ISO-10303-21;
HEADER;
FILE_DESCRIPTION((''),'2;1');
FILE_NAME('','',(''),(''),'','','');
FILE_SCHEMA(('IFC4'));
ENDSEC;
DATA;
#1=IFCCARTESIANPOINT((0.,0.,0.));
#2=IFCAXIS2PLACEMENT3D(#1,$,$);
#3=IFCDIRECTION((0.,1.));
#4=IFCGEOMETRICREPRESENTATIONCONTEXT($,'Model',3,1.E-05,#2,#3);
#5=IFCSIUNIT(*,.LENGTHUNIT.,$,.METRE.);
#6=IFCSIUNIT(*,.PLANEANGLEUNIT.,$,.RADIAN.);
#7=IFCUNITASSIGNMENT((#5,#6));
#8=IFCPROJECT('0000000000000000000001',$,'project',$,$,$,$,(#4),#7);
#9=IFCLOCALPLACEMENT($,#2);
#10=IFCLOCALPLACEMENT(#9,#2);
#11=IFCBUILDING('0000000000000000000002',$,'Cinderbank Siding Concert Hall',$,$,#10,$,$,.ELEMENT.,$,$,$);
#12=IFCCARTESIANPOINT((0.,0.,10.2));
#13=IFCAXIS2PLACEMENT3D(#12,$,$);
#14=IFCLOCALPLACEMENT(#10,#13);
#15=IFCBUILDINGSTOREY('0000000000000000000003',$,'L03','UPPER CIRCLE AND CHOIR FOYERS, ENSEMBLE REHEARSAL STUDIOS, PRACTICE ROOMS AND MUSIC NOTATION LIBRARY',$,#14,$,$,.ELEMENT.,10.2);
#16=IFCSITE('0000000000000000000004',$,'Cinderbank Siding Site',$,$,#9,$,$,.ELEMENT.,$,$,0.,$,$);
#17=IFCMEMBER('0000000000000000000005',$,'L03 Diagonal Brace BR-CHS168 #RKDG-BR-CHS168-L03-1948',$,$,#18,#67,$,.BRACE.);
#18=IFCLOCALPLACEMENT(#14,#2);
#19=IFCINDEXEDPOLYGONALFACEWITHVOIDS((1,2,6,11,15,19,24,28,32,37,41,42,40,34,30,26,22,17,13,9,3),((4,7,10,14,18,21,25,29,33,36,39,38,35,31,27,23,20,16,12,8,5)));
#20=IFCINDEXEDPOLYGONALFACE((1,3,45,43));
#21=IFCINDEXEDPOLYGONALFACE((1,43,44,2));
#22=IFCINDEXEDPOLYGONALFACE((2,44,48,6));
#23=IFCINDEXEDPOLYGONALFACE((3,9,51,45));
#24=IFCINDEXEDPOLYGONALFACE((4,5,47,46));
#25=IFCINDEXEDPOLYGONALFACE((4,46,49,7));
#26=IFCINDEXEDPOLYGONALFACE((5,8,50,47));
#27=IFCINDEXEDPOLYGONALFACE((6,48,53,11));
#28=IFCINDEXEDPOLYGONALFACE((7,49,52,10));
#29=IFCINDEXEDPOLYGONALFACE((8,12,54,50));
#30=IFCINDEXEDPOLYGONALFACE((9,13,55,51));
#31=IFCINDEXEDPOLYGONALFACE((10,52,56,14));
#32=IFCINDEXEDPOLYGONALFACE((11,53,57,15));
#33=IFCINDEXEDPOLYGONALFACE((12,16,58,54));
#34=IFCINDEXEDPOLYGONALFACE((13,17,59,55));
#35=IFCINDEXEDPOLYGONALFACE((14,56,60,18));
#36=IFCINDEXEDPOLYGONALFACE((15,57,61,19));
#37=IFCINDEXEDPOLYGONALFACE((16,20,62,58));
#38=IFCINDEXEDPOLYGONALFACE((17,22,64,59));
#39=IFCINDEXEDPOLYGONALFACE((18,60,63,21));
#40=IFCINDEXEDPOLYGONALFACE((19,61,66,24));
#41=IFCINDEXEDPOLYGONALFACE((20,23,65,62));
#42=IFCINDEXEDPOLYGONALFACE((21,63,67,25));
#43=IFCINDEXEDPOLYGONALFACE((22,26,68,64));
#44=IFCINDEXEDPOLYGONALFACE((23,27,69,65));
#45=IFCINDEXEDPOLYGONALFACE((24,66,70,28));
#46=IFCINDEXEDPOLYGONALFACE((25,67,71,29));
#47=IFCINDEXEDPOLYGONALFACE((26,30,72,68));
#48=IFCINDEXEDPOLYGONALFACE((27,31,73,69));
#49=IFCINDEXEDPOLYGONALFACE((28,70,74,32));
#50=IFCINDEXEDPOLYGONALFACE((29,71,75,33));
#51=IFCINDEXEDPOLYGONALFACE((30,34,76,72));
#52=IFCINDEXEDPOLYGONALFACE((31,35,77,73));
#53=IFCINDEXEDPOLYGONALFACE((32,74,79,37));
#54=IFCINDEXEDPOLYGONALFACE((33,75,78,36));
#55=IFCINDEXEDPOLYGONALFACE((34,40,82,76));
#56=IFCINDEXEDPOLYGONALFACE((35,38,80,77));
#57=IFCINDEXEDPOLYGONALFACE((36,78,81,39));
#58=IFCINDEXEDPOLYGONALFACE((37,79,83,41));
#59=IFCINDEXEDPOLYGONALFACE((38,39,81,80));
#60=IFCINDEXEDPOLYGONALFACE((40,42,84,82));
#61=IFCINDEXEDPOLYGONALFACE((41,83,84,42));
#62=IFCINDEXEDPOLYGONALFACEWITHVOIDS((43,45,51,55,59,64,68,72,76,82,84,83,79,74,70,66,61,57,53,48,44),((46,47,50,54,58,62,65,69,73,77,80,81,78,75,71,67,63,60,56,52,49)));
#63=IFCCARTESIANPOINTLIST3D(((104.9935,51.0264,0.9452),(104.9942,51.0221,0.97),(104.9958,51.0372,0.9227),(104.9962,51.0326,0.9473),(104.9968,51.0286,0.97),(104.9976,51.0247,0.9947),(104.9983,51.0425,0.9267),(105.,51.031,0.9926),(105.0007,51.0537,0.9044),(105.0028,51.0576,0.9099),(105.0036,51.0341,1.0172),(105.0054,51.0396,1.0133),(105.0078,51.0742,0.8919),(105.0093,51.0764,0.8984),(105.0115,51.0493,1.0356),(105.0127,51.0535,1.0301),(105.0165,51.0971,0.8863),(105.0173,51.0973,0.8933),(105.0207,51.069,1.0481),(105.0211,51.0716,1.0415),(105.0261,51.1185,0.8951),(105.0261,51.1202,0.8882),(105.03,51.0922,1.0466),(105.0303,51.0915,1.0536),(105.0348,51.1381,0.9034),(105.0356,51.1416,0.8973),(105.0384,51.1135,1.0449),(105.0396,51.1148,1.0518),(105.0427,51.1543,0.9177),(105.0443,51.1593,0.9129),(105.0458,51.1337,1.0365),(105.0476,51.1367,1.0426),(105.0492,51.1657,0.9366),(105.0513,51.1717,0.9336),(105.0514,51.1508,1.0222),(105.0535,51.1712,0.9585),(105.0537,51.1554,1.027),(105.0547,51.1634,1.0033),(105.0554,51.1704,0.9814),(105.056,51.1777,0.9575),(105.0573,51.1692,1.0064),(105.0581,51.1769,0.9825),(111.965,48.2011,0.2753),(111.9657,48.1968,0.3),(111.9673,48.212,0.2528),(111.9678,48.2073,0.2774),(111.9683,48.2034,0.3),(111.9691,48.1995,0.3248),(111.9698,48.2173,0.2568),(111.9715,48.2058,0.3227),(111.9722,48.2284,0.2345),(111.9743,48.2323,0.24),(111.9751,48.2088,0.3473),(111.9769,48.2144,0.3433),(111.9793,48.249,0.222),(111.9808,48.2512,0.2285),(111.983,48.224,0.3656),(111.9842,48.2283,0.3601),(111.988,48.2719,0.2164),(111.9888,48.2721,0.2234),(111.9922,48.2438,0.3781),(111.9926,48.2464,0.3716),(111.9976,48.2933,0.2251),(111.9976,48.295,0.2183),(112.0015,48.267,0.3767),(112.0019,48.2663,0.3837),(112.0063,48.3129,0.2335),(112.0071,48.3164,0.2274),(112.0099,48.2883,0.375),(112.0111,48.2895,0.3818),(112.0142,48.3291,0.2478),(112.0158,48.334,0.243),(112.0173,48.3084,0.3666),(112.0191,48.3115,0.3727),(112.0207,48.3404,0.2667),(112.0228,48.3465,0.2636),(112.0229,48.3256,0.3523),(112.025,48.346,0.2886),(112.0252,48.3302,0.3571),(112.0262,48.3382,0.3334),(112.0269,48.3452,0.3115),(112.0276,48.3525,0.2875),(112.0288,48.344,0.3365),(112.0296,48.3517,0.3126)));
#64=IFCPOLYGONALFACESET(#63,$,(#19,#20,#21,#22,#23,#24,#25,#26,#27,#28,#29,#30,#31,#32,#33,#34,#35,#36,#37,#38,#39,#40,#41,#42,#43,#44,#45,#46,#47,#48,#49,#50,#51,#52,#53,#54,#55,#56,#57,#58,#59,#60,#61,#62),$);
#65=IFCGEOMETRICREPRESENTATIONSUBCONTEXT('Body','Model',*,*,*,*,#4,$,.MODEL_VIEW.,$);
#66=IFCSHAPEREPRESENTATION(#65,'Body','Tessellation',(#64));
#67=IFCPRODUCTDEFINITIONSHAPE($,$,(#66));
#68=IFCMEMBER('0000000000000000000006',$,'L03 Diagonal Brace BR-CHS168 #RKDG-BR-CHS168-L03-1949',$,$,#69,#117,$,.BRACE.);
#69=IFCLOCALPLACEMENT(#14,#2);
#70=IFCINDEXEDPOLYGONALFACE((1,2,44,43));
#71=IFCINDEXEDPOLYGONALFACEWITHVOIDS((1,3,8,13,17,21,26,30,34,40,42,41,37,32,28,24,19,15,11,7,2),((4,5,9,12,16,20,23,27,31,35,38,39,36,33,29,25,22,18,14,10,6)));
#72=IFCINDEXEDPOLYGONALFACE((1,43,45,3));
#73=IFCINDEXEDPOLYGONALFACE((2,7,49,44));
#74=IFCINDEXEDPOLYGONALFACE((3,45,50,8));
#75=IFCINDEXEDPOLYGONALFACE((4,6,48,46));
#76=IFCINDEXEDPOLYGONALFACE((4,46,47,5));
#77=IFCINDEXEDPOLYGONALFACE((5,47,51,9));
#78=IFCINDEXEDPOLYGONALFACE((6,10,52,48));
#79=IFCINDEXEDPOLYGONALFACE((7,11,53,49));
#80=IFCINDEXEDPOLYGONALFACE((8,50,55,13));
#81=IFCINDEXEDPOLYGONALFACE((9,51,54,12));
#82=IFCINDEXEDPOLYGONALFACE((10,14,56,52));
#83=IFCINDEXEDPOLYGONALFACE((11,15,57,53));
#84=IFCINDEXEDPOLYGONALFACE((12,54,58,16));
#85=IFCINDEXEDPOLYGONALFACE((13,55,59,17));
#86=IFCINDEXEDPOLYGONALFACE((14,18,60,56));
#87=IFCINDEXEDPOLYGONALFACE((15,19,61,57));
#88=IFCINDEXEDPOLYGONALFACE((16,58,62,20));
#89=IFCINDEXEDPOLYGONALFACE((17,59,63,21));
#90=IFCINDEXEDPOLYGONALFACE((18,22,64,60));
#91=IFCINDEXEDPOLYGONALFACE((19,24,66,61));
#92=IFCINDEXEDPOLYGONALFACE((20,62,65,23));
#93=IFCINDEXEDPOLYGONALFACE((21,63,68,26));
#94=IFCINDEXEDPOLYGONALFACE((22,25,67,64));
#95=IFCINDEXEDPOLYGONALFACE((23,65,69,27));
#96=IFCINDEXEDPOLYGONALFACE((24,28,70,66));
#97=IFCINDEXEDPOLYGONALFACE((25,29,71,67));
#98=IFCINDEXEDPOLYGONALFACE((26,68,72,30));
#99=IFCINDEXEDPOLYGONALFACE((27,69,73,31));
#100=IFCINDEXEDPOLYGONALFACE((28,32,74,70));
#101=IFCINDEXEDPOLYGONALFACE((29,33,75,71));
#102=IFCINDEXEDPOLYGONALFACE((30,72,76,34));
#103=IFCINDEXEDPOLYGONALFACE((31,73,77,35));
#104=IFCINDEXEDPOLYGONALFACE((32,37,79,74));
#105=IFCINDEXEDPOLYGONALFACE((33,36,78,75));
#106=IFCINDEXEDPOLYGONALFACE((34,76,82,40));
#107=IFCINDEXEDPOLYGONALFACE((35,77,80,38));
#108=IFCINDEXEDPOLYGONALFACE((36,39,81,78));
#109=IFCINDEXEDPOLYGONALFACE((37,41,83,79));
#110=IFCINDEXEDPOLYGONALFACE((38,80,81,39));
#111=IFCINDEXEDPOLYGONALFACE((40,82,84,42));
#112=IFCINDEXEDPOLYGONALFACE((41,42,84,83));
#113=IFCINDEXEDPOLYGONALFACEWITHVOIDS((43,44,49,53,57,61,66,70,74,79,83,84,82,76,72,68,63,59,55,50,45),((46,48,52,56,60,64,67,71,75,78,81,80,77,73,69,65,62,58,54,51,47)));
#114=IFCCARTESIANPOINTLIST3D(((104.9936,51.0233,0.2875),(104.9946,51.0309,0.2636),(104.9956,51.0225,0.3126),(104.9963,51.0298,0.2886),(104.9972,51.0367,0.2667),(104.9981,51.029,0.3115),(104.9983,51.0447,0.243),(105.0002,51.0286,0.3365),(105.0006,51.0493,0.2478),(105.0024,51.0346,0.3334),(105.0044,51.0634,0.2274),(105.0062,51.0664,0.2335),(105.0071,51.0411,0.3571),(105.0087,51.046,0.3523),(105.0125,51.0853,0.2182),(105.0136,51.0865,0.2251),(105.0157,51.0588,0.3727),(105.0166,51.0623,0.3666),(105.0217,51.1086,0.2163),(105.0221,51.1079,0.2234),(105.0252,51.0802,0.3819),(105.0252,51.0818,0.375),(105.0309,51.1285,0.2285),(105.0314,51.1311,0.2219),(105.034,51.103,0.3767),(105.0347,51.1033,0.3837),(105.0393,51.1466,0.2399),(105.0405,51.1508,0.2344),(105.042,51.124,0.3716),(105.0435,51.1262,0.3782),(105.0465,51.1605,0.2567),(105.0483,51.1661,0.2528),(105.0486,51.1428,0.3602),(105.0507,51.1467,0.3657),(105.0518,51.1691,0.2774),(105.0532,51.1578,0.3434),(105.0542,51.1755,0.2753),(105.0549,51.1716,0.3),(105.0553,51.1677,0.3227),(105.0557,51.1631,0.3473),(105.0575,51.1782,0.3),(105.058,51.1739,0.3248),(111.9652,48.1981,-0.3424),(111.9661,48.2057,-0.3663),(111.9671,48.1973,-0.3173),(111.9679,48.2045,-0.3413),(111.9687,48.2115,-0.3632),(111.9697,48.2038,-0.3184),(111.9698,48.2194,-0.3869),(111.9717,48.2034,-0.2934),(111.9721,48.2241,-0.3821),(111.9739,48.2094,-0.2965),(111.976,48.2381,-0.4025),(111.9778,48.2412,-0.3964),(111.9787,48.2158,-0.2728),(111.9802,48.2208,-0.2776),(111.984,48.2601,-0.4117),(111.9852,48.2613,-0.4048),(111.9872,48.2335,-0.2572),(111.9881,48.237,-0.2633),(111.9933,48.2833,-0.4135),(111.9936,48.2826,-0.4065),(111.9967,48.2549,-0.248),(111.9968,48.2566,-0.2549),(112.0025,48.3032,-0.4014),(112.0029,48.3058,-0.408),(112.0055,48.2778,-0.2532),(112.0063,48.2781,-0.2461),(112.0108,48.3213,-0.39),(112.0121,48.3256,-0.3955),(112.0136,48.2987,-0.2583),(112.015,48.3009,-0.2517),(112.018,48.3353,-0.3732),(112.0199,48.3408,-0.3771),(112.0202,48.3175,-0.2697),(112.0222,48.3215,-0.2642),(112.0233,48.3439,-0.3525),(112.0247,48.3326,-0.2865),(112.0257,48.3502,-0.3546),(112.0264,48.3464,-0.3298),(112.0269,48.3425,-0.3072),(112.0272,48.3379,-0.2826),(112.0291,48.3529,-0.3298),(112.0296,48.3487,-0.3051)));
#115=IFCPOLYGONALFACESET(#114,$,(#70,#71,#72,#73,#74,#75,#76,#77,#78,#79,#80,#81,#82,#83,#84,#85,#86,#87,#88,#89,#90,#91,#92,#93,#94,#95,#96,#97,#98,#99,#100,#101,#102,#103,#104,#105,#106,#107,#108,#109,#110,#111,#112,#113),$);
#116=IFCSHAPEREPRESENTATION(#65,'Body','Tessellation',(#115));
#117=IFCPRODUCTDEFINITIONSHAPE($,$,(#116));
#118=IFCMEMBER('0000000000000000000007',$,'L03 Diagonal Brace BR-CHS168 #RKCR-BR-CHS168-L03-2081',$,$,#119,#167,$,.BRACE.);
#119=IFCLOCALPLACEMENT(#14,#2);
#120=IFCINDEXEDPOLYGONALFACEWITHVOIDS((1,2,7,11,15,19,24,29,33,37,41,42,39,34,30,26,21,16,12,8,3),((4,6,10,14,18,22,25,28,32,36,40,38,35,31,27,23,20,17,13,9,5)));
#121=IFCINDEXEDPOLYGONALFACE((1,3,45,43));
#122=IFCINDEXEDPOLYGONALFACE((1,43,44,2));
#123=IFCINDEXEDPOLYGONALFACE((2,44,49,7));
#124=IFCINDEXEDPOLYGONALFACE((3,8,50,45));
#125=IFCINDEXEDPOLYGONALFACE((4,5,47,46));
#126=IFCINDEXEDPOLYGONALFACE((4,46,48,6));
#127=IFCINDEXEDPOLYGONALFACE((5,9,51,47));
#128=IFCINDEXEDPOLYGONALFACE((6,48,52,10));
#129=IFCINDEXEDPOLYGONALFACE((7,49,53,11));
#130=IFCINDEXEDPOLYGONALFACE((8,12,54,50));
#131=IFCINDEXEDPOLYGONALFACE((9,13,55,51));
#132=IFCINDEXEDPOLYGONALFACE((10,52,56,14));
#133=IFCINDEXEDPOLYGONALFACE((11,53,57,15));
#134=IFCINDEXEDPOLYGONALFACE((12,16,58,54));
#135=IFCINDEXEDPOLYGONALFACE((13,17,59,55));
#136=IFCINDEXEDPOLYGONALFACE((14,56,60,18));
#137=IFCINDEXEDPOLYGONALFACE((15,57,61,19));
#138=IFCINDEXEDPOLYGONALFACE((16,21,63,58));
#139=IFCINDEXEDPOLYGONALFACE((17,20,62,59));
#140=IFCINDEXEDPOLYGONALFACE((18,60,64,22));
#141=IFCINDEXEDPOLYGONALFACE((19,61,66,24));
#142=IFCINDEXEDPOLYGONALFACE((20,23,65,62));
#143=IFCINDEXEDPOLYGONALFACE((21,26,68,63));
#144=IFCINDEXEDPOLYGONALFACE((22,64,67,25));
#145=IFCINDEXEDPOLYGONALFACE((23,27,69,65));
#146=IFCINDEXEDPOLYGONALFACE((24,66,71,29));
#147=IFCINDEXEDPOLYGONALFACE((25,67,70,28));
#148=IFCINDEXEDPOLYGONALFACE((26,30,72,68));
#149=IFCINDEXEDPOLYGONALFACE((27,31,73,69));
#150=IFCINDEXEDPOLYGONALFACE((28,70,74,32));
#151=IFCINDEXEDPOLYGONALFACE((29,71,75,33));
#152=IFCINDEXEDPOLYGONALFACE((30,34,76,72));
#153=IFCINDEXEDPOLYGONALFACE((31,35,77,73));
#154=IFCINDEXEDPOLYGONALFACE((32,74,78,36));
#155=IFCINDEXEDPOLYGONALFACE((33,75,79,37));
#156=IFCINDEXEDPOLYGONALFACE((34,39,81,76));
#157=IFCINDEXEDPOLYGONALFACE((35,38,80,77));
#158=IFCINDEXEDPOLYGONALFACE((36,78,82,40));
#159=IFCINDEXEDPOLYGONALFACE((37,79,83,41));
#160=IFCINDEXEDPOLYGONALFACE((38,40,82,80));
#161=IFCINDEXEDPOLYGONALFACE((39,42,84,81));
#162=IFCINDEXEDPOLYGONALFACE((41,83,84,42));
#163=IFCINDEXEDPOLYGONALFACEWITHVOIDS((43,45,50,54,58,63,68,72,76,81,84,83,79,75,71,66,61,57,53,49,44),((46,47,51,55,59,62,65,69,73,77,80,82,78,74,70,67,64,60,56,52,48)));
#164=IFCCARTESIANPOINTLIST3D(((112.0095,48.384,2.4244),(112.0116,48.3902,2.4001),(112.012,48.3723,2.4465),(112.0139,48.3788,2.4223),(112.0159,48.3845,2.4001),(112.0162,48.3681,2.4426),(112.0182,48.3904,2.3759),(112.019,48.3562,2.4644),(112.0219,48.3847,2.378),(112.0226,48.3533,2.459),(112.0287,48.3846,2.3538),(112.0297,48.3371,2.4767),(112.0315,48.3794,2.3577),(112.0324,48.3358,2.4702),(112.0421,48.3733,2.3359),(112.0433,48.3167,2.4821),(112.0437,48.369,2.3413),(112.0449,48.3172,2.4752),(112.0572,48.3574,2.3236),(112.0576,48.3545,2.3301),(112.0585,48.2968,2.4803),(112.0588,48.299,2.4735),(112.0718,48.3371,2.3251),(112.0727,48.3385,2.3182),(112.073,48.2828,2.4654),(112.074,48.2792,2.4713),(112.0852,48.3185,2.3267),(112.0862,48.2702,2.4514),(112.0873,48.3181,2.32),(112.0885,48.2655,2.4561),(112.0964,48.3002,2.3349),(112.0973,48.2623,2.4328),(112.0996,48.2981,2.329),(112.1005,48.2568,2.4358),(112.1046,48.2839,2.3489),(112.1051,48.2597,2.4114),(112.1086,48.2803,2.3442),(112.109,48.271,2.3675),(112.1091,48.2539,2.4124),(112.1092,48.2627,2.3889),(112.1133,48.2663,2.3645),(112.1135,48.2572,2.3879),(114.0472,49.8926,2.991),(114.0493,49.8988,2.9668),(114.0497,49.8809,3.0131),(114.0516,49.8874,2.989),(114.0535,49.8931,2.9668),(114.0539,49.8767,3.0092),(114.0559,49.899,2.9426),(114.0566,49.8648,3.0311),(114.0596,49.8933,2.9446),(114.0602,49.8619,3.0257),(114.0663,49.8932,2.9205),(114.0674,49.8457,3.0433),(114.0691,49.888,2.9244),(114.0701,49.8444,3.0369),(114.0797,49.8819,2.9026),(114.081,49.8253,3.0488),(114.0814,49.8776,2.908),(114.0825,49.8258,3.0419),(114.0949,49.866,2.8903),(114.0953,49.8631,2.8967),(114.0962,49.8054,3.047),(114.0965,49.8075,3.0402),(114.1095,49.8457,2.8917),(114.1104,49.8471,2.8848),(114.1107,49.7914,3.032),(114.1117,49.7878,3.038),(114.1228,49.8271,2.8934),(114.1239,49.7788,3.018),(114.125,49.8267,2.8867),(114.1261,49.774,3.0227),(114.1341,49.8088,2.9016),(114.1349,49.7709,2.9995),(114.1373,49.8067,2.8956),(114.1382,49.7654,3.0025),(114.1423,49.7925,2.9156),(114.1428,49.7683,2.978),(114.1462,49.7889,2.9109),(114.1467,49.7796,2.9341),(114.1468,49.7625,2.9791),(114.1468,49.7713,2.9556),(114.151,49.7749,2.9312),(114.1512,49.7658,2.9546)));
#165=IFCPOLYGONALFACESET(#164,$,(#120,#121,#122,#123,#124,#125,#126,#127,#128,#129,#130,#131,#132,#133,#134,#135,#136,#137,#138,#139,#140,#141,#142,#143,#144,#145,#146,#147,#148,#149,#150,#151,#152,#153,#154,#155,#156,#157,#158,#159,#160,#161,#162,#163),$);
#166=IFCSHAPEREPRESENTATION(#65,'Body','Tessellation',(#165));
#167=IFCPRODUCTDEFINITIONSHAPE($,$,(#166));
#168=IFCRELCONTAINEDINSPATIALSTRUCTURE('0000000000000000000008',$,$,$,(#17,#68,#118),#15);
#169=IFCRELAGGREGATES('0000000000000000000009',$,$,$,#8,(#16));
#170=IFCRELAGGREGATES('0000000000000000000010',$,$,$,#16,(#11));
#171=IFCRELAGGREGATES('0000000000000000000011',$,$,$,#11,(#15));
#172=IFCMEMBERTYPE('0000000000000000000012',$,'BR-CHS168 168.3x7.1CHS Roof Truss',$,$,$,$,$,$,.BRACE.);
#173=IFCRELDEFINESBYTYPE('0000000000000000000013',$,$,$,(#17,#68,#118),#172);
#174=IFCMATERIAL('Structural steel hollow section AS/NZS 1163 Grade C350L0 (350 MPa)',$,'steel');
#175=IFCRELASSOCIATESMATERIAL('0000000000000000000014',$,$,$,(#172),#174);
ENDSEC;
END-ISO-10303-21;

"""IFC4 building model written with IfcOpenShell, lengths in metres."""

from ifc_helpers import new_model, si_unit, direction, frame, origin, origin_2d, place, context, subcontext, project, spatial, hollow_circle, extrude, material, material_profile, profile_set, type_object, element, save


model = new_model("IFC4")

# Units and contexts
model_context = context("Model", 3, precision=1e-05, world=origin(), true_north=direction((0.0, 1.0)))
body_context = subcontext(model_context, "Body", "Model", "MODEL_VIEW")
ifc_project = project(units=[si_unit("LENGTHUNIT", "METRE"), si_unit("PLANEANGLEUNIT", "RADIAN")], contexts=[model_context])

# Site, building, storey
site_placement = place(None, origin())
site = spatial("IfcSite", under=ifc_project, at=site_placement, Name="Cinderbank Siding Site", CompositionType="ELEMENT", RefElevation=0.0)
building_placement = place(site_placement, origin())
building = spatial("IfcBuilding", under=site, at=building_placement, Name="Cinderbank Siding Concert Hall", CompositionType="ELEMENT")
storey_placement = place(building_placement, frame((0.0, 0.0, 10.2)))
storey = spatial("IfcBuildingStorey", under=building, at=storey_placement, Name="L03", Description="UPPER CIRCLE AND CHOIR FOYERS, ENSEMBLE REHEARSAL STUDIOS, PRACTICE ROOMS AND MUSIC NOTATION LIBRARY", CompositionType="ELEMENT", Elevation=10.2)

# Shared definitions
ifc_material_1 = material(Name="Structural steel hollow section AS/NZS 1163 Grade C350L0 (350 MPa)", Category="steel")

# Members
ifc_material_profile_1 = material_profile(ifc_material_1, hollow_circle(Radius=0.0842, WallThickness=0.0071, at=origin_2d()), Name="168.3x7.1CHS", Category="LoadBearing")
ifc_profile_set_1 = profile_set([ifc_material_profile_1], Name="Structural steel hollow section AS/NZS 1163 Grade C350L0 (350 MPa)")
member_type_1 = type_object("IfcMemberType", Name="BR-CHS168 168.3x7.1CHS Roof Truss", PredefinedType="BRACE", material=ifc_profile_set_1)
member_1_placement = place(storey_placement, frame((111.9973, 48.2749, 0.3), z_axis=(-0.923135, 0.374103, 0.088709), x_axis=(-0.375584, -0.926788, 0.0)))
element("IfcMember", 1, at=member_1_placement, inside=storey, type_object=member_type_1, Name="L03 Diagonal Brace BR-CHS168 #RKDG-BR-CHS168-L03-1948", PredefinedType="BRACE", context=body_context, shape_type="SweptSolid", body=[
    extrude(hollow_circle(Radius=0.0842, WallThickness=0.0071, at=origin_2d()), origin(), (0.0, 0.0, 1.0), 7.552),
])
member_2_placement = place(storey_placement, frame((105.0259, 51.1001, 0.3), z_axis=(0.923556, -0.374274, -0.083445), x_axis=(0.375584, 0.926788, 0.0)))
element("IfcMember", 2, at=member_2_placement, inside=storey, type_object=member_type_1, Name="L03 Diagonal Brace BR-CHS168 #RKDG-BR-CHS168-L03-1949", PredefinedType="BRACE", context=body_context, shape_type="SweptSolid", body=[
    extrude(hollow_circle(Radius=0.0842, WallThickness=0.0071, at=origin_2d()), origin(), (0.0, 0.0, 1.0), 7.5486),
])
member_3_placement = place(storey_placement, frame((112.0618, 48.3225, 2.4001), z_axis=(0.784353, 0.580699, 0.218126), x_axis=(-0.595027, 0.803706, 0.0)))
element("IfcMember", 3, at=member_3_placement, inside=storey, type_object=member_type_1, Name="L03 Diagonal Brace BR-CHS168 #RKCR-BR-CHS168-L03-2081", PredefinedType="BRACE", context=body_context, shape_type="SweptSolid", body=[
    extrude(hollow_circle(Radius=0.0842, WallThickness=0.0071, at=origin_2d()), origin(), (0.0, 0.0, 1.0), 2.5979),
])

save(model, "model.ifc")
